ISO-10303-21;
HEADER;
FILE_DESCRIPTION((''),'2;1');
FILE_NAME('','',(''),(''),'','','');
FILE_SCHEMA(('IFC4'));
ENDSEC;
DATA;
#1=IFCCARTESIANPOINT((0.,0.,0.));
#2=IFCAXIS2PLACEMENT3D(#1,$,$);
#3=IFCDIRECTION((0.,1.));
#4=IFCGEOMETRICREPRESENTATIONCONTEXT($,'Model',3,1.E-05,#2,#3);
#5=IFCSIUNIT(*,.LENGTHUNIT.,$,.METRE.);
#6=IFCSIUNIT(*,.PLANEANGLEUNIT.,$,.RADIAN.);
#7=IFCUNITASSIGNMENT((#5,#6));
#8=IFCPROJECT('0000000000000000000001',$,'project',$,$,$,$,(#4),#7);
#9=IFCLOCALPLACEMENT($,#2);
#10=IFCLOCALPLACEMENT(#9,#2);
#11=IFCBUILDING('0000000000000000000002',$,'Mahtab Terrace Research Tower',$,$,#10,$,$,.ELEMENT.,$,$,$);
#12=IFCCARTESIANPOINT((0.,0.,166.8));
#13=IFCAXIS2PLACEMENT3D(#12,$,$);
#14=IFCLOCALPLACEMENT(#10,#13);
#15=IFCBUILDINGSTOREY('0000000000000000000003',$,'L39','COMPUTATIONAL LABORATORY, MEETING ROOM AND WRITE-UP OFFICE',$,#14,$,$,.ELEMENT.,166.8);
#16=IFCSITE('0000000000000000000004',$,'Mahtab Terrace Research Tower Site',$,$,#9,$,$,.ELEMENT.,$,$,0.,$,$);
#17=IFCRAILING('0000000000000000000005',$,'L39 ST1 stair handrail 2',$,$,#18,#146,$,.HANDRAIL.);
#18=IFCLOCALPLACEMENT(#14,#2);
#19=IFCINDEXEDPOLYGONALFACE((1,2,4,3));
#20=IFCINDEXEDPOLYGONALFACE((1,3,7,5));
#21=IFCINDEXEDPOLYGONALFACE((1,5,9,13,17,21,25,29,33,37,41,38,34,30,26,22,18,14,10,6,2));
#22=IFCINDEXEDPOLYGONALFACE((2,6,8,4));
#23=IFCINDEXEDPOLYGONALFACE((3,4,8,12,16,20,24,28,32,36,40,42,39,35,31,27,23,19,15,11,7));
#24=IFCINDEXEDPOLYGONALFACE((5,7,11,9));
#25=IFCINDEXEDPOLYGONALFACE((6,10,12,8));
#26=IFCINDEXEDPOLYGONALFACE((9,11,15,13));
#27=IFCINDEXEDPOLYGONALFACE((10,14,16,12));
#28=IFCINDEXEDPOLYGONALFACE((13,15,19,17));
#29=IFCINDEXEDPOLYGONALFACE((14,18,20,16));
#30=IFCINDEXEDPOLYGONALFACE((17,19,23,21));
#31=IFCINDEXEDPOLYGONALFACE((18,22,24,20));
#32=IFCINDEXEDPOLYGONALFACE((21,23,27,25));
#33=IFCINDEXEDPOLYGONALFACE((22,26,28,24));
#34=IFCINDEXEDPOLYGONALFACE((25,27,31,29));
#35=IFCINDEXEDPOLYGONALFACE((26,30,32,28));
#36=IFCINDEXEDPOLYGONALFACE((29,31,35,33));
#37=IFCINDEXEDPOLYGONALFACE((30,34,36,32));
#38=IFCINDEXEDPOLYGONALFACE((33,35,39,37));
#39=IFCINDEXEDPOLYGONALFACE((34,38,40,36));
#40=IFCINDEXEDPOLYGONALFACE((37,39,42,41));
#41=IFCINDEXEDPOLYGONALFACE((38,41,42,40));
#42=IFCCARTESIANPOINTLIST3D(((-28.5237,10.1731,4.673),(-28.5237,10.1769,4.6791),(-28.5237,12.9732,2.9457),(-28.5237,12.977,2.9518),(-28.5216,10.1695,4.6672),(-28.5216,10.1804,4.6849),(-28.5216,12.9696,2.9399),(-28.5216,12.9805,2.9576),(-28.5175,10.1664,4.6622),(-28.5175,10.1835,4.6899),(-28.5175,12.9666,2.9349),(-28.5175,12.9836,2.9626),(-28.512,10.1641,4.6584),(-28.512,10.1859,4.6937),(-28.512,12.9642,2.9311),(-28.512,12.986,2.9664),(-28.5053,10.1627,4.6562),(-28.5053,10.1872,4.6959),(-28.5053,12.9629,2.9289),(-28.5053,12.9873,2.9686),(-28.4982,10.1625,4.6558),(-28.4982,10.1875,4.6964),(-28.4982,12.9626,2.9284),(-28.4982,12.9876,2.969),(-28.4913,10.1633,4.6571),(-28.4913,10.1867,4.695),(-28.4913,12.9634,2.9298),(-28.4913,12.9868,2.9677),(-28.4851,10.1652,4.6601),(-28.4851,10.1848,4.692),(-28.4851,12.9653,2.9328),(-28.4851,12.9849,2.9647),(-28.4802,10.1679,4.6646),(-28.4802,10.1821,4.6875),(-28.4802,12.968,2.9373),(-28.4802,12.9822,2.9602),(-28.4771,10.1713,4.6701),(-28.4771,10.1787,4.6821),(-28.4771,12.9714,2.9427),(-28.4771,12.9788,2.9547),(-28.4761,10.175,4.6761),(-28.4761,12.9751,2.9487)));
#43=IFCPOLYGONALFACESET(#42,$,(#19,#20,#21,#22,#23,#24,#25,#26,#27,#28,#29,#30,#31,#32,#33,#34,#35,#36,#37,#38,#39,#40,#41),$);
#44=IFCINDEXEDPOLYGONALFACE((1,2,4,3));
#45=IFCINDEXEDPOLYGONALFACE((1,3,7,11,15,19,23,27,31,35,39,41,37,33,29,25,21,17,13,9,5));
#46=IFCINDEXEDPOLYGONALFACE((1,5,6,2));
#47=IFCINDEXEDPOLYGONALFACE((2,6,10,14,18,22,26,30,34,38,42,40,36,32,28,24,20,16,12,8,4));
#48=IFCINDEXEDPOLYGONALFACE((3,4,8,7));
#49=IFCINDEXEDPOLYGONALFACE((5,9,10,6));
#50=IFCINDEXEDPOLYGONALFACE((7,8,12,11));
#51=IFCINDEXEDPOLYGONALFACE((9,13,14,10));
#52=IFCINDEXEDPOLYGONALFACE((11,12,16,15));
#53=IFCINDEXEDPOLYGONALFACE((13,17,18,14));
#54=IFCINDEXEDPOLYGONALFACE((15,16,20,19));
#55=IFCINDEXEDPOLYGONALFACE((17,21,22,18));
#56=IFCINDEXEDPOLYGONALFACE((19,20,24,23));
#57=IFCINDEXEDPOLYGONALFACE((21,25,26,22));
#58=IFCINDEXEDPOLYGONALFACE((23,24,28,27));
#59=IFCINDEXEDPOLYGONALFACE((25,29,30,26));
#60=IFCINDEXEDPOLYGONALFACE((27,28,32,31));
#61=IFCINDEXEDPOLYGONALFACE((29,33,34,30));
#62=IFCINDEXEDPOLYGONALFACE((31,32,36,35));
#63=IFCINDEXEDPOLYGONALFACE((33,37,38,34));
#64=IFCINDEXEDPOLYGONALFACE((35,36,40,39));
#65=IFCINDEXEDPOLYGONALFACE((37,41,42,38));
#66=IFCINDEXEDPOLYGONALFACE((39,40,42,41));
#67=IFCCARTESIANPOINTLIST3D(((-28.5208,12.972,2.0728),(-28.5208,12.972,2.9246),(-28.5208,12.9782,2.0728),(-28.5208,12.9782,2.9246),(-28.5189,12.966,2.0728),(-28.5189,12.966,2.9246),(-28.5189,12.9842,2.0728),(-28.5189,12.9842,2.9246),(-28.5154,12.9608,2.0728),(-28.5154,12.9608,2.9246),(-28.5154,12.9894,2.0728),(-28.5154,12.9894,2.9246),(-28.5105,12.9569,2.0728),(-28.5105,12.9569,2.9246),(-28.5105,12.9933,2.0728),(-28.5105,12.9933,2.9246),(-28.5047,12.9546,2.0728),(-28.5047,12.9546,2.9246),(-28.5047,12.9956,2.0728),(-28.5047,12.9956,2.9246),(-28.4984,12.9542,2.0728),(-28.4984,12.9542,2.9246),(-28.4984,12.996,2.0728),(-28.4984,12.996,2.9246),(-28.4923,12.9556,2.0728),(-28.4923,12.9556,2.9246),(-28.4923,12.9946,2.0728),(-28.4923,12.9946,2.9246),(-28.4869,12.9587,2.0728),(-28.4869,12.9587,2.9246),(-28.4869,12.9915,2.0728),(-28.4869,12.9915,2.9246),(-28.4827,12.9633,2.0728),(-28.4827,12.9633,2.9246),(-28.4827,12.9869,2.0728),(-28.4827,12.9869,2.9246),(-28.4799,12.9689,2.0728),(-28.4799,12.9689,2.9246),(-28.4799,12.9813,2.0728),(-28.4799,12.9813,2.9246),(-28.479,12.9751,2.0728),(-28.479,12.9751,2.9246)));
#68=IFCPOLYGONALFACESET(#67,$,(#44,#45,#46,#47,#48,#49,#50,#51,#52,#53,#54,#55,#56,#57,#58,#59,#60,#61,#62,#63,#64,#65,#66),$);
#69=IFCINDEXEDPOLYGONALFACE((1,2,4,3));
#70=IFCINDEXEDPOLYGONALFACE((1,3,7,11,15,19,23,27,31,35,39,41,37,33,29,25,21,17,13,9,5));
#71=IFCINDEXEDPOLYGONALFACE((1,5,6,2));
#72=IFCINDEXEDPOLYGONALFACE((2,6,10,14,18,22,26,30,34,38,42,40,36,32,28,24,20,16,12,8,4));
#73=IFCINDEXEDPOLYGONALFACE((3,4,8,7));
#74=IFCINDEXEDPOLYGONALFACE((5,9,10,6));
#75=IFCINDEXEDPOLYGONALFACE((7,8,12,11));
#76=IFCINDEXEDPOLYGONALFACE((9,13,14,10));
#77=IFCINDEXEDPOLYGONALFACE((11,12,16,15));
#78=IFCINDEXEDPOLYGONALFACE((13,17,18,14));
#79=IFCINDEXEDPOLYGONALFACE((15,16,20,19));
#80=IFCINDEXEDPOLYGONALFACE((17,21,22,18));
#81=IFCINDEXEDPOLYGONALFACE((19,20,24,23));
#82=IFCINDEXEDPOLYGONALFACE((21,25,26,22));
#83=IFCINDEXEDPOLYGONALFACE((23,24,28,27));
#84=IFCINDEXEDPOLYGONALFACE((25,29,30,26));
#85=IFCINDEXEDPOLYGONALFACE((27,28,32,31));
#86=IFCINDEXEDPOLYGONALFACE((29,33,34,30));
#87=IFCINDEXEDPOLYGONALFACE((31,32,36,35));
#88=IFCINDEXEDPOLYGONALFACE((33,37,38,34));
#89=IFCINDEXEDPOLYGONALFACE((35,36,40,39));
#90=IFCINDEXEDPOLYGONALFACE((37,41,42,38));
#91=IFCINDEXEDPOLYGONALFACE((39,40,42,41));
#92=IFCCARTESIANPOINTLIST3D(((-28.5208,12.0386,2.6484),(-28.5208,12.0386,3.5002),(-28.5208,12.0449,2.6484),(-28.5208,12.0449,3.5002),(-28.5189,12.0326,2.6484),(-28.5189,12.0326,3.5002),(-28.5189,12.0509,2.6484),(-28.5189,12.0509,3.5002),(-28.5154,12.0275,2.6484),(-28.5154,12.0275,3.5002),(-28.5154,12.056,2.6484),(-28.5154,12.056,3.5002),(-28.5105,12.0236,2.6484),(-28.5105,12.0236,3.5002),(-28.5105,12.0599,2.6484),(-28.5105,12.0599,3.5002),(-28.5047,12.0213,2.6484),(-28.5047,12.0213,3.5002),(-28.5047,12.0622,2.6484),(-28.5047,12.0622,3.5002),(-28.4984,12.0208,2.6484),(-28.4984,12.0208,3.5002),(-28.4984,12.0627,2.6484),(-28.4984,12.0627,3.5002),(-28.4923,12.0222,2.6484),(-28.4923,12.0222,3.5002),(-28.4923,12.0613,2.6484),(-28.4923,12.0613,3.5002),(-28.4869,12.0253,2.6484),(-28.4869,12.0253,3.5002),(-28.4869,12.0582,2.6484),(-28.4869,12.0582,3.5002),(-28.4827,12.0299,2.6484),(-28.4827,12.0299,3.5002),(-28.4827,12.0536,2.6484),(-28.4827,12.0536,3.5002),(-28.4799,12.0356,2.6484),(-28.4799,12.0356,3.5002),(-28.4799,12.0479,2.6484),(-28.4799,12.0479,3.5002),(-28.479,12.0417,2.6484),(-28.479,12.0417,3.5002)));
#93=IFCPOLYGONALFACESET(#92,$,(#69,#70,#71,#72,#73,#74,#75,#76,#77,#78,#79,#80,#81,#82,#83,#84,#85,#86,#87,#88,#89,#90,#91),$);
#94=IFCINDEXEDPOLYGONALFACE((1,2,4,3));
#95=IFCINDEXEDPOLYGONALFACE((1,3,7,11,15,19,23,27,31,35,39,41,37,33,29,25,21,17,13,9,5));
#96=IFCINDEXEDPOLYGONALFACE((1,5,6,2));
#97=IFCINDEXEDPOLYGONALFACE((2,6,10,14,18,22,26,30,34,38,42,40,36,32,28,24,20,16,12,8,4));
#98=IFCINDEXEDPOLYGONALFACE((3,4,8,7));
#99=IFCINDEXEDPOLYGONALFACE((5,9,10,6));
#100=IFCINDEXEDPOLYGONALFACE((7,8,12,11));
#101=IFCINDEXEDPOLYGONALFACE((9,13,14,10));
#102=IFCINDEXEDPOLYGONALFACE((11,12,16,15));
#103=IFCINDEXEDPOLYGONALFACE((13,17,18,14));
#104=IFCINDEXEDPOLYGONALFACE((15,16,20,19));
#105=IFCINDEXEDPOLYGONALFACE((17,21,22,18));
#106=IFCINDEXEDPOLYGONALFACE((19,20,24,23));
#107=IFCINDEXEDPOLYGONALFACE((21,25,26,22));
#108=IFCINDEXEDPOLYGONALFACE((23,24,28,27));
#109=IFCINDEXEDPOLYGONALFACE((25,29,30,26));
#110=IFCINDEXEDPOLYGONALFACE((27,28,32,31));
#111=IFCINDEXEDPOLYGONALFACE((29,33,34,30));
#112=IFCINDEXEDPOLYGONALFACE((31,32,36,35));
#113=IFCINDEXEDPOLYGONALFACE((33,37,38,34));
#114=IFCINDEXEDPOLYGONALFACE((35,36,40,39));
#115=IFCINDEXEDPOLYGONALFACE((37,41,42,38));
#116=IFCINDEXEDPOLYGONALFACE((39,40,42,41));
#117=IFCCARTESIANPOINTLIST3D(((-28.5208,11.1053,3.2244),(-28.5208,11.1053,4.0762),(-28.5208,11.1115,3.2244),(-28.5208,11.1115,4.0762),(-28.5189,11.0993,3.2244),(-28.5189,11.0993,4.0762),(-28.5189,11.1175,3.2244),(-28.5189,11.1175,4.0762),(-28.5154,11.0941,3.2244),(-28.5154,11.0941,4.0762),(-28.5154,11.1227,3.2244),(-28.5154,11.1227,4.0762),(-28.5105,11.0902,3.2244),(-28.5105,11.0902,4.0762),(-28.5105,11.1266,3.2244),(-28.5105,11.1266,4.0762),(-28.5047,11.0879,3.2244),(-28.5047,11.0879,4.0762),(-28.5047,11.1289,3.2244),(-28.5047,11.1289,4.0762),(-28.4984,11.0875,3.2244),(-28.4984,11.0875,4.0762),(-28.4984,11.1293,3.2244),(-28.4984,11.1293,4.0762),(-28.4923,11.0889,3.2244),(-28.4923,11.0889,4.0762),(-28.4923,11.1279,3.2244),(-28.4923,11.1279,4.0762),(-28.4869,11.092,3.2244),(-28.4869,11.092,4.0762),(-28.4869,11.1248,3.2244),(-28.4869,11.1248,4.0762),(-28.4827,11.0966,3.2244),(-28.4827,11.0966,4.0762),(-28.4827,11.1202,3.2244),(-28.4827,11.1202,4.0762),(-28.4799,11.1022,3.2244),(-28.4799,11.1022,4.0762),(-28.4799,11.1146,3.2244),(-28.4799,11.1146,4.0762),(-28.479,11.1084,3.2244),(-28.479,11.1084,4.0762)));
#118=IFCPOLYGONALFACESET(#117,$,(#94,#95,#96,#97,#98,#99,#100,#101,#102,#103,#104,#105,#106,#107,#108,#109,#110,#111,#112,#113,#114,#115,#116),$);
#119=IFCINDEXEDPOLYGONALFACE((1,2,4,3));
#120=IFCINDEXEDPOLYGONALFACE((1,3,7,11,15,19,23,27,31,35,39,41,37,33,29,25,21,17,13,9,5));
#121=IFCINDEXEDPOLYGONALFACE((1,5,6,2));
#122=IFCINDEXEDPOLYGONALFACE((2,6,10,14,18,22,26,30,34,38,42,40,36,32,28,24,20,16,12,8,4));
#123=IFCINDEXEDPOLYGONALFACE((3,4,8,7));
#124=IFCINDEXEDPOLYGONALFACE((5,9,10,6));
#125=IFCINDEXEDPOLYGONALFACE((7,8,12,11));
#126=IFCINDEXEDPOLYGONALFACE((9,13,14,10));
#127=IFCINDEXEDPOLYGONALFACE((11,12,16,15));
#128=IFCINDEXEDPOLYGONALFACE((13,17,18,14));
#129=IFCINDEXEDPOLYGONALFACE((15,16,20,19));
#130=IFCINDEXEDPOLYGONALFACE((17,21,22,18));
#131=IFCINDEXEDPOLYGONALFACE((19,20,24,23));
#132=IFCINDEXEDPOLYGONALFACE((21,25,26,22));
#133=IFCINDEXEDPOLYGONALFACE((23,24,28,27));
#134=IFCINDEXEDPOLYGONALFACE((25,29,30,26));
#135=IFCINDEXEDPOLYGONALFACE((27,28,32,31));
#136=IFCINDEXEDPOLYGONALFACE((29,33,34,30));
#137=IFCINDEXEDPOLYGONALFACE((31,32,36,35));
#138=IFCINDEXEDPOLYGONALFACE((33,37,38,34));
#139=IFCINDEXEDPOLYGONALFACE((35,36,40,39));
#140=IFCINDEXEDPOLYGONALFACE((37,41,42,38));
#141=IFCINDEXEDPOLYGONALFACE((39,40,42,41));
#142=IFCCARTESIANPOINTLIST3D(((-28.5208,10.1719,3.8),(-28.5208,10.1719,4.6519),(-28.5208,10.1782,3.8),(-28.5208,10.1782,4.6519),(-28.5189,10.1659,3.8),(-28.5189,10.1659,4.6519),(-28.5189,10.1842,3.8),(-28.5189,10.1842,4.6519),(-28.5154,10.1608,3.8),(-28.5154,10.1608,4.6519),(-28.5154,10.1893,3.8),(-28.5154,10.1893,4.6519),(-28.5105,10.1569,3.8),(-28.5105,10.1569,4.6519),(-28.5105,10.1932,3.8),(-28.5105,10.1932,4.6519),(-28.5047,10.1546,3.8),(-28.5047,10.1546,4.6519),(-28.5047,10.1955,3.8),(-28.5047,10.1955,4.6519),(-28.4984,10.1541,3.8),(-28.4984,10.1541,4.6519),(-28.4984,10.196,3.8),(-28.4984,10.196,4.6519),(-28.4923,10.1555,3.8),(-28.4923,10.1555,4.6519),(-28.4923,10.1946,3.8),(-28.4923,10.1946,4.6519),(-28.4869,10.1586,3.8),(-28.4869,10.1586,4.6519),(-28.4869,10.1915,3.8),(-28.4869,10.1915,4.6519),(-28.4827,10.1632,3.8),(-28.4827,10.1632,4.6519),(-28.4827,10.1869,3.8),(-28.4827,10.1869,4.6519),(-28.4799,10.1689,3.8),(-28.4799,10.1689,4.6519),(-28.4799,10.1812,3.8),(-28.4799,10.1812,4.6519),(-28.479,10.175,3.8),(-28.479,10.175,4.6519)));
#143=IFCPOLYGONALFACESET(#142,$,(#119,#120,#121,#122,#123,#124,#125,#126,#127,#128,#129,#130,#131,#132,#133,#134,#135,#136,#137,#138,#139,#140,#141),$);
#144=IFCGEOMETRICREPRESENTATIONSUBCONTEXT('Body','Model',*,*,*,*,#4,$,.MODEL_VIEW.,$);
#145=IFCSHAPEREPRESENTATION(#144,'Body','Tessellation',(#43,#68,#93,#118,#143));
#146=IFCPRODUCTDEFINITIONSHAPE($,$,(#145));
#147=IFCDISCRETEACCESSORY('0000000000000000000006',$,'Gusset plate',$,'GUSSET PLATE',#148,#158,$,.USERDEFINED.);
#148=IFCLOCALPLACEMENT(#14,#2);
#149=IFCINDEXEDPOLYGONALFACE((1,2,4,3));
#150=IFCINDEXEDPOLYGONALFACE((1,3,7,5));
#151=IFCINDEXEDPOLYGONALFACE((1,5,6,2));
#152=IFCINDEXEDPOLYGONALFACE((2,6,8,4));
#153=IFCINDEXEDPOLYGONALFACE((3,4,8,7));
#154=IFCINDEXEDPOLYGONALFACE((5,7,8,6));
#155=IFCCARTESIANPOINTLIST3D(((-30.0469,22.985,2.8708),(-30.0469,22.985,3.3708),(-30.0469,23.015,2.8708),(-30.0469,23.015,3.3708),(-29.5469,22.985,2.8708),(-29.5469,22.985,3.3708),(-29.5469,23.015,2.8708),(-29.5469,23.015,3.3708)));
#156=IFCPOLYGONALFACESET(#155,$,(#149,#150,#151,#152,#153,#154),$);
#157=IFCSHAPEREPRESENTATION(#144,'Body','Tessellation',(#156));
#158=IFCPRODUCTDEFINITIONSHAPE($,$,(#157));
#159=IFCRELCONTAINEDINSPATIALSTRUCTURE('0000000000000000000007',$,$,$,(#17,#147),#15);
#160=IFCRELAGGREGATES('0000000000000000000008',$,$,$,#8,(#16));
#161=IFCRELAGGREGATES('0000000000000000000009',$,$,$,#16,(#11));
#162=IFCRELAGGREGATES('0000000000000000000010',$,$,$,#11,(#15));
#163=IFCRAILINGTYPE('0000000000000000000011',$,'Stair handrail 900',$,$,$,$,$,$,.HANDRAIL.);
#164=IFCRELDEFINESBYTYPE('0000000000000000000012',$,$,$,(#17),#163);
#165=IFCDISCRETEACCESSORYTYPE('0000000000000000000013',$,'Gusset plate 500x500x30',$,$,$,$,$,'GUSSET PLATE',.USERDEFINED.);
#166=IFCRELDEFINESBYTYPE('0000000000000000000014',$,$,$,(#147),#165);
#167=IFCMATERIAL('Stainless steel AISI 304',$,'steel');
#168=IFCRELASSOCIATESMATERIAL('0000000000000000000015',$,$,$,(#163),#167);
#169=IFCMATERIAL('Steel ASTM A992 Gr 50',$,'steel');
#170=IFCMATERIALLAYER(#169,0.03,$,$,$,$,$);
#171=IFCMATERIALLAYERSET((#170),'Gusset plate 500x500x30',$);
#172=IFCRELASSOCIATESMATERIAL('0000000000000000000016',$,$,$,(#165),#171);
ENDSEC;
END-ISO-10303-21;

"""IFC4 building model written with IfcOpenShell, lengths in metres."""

from ifc_helpers import new_model, si_unit, direction, frame, origin, origin_2d, place, context, subcontext, project, spatial, rectangle, circle, extrude, material, layer, layer_set, type_object, element, save


model = new_model("IFC4")

# Units and contexts
model_context = context("Model", 3, precision=1e-05, world=origin(), true_north=direction((0.0, 1.0)))
body_context = subcontext(model_context, "Body", "Model", "MODEL_VIEW")
ifc_project = project(units=[si_unit("LENGTHUNIT", "METRE"), si_unit("PLANEANGLEUNIT", "RADIAN")], contexts=[model_context])

# Site, building, storey
site_placement = place(None, origin())
site = spatial("IfcSite", under=ifc_project, at=site_placement, Name="Mahtab Terrace Research Tower Site", CompositionType="ELEMENT", RefElevation=0.0)
building_placement = place(site_placement, origin())
building = spatial("IfcBuilding", under=site, at=building_placement, Name="Mahtab Terrace Research Tower", CompositionType="ELEMENT")
storey_placement = place(building_placement, frame((0.0, 0.0, 166.8)))
storey = spatial("IfcBuildingStorey", under=building, at=storey_placement, Name="L39", Description="COMPUTATIONAL LABORATORY, MEETING ROOM AND WRITE-UP OFFICE", CompositionType="ELEMENT", Elevation=166.8)

# Shared definitions
ifc_material_1 = material(Name="Steel ASTM A992 Gr 50", Category="steel")

# Railing
ifc_material_2 = material(Name="Stainless steel AISI 304", Category="steel")
railing_type_1 = type_object("IfcRailingType", Name="Stair handrail 900", PredefinedType="HANDRAIL", material=ifc_material_2)
railing_1_placement = place(storey_placement, frame((-28.5, 12.9751, 2.0728)))
element("IfcRailing", 1, at=railing_1_placement, inside=storey, type_object=railing_type_1, Name="L39 ST1 stair handrail 2", PredefinedType="HANDRAIL", context=body_context, shape_type="SweptSolid", body=[
    extrude(circle(Radius=0.0239, at=origin_2d()), frame((0.0, 0.0, 0.876), z_axis=(0.0, -0.85109, 0.52502), x_axis=(1.0, 0.0, 0.0)), (0.0, 0.0, 1.0), 3.29),
    extrude(circle(Radius=0.021, at=origin_2d()), origin(), (0.0, 0.0, 1.0), 0.8518),
    extrude(circle(Radius=0.021, at=origin_2d()), frame((0.0, -0.9333, 0.5757)), (0.0, 0.0, 1.0), 0.8518),
    extrude(circle(Radius=0.021, at=origin_2d()), frame((0.0, -1.8667, 1.1516)), (0.0, 0.0, 1.0), 0.8518),
    extrude(circle(Radius=0.021, at=origin_2d()), frame((0.0, -2.8, 1.7273)), (0.0, 0.0, 1.0), 0.8518),
])

# Discrete accessory
ifc_layer_1 = layer(ifc_material_1, 0.03)
ifc_layer_set_1 = layer_set([ifc_layer_1], Name="Gusset plate 500x500x30")
discrete_accessory_type = type_object("IfcDiscreteAccessoryType", Name="Gusset plate 500x500x30", ElementType="GUSSET PLATE", PredefinedType="USERDEFINED", material=ifc_layer_set_1)
discrete_accessory_placement = place(storey_placement, frame((-29.7969, 23.0, 2.8708), z_axis=(0.0, 0.0, 1.0), x_axis=(1.0, 0.0, 0.0)))
element("IfcDiscreteAccessory", 2, at=discrete_accessory_placement, inside=storey, type_object=discrete_accessory_type, Name="Gusset plate", ObjectType="GUSSET PLATE", PredefinedType="USERDEFINED", context=body_context, shape_type="SweptSolid", body=[
    extrude(rectangle(XDim=0.5, YDim=0.03, at=origin_2d()), origin(), (0.0, 0.0, 1.0), 0.5),
])

save(model, "model.ifc")
